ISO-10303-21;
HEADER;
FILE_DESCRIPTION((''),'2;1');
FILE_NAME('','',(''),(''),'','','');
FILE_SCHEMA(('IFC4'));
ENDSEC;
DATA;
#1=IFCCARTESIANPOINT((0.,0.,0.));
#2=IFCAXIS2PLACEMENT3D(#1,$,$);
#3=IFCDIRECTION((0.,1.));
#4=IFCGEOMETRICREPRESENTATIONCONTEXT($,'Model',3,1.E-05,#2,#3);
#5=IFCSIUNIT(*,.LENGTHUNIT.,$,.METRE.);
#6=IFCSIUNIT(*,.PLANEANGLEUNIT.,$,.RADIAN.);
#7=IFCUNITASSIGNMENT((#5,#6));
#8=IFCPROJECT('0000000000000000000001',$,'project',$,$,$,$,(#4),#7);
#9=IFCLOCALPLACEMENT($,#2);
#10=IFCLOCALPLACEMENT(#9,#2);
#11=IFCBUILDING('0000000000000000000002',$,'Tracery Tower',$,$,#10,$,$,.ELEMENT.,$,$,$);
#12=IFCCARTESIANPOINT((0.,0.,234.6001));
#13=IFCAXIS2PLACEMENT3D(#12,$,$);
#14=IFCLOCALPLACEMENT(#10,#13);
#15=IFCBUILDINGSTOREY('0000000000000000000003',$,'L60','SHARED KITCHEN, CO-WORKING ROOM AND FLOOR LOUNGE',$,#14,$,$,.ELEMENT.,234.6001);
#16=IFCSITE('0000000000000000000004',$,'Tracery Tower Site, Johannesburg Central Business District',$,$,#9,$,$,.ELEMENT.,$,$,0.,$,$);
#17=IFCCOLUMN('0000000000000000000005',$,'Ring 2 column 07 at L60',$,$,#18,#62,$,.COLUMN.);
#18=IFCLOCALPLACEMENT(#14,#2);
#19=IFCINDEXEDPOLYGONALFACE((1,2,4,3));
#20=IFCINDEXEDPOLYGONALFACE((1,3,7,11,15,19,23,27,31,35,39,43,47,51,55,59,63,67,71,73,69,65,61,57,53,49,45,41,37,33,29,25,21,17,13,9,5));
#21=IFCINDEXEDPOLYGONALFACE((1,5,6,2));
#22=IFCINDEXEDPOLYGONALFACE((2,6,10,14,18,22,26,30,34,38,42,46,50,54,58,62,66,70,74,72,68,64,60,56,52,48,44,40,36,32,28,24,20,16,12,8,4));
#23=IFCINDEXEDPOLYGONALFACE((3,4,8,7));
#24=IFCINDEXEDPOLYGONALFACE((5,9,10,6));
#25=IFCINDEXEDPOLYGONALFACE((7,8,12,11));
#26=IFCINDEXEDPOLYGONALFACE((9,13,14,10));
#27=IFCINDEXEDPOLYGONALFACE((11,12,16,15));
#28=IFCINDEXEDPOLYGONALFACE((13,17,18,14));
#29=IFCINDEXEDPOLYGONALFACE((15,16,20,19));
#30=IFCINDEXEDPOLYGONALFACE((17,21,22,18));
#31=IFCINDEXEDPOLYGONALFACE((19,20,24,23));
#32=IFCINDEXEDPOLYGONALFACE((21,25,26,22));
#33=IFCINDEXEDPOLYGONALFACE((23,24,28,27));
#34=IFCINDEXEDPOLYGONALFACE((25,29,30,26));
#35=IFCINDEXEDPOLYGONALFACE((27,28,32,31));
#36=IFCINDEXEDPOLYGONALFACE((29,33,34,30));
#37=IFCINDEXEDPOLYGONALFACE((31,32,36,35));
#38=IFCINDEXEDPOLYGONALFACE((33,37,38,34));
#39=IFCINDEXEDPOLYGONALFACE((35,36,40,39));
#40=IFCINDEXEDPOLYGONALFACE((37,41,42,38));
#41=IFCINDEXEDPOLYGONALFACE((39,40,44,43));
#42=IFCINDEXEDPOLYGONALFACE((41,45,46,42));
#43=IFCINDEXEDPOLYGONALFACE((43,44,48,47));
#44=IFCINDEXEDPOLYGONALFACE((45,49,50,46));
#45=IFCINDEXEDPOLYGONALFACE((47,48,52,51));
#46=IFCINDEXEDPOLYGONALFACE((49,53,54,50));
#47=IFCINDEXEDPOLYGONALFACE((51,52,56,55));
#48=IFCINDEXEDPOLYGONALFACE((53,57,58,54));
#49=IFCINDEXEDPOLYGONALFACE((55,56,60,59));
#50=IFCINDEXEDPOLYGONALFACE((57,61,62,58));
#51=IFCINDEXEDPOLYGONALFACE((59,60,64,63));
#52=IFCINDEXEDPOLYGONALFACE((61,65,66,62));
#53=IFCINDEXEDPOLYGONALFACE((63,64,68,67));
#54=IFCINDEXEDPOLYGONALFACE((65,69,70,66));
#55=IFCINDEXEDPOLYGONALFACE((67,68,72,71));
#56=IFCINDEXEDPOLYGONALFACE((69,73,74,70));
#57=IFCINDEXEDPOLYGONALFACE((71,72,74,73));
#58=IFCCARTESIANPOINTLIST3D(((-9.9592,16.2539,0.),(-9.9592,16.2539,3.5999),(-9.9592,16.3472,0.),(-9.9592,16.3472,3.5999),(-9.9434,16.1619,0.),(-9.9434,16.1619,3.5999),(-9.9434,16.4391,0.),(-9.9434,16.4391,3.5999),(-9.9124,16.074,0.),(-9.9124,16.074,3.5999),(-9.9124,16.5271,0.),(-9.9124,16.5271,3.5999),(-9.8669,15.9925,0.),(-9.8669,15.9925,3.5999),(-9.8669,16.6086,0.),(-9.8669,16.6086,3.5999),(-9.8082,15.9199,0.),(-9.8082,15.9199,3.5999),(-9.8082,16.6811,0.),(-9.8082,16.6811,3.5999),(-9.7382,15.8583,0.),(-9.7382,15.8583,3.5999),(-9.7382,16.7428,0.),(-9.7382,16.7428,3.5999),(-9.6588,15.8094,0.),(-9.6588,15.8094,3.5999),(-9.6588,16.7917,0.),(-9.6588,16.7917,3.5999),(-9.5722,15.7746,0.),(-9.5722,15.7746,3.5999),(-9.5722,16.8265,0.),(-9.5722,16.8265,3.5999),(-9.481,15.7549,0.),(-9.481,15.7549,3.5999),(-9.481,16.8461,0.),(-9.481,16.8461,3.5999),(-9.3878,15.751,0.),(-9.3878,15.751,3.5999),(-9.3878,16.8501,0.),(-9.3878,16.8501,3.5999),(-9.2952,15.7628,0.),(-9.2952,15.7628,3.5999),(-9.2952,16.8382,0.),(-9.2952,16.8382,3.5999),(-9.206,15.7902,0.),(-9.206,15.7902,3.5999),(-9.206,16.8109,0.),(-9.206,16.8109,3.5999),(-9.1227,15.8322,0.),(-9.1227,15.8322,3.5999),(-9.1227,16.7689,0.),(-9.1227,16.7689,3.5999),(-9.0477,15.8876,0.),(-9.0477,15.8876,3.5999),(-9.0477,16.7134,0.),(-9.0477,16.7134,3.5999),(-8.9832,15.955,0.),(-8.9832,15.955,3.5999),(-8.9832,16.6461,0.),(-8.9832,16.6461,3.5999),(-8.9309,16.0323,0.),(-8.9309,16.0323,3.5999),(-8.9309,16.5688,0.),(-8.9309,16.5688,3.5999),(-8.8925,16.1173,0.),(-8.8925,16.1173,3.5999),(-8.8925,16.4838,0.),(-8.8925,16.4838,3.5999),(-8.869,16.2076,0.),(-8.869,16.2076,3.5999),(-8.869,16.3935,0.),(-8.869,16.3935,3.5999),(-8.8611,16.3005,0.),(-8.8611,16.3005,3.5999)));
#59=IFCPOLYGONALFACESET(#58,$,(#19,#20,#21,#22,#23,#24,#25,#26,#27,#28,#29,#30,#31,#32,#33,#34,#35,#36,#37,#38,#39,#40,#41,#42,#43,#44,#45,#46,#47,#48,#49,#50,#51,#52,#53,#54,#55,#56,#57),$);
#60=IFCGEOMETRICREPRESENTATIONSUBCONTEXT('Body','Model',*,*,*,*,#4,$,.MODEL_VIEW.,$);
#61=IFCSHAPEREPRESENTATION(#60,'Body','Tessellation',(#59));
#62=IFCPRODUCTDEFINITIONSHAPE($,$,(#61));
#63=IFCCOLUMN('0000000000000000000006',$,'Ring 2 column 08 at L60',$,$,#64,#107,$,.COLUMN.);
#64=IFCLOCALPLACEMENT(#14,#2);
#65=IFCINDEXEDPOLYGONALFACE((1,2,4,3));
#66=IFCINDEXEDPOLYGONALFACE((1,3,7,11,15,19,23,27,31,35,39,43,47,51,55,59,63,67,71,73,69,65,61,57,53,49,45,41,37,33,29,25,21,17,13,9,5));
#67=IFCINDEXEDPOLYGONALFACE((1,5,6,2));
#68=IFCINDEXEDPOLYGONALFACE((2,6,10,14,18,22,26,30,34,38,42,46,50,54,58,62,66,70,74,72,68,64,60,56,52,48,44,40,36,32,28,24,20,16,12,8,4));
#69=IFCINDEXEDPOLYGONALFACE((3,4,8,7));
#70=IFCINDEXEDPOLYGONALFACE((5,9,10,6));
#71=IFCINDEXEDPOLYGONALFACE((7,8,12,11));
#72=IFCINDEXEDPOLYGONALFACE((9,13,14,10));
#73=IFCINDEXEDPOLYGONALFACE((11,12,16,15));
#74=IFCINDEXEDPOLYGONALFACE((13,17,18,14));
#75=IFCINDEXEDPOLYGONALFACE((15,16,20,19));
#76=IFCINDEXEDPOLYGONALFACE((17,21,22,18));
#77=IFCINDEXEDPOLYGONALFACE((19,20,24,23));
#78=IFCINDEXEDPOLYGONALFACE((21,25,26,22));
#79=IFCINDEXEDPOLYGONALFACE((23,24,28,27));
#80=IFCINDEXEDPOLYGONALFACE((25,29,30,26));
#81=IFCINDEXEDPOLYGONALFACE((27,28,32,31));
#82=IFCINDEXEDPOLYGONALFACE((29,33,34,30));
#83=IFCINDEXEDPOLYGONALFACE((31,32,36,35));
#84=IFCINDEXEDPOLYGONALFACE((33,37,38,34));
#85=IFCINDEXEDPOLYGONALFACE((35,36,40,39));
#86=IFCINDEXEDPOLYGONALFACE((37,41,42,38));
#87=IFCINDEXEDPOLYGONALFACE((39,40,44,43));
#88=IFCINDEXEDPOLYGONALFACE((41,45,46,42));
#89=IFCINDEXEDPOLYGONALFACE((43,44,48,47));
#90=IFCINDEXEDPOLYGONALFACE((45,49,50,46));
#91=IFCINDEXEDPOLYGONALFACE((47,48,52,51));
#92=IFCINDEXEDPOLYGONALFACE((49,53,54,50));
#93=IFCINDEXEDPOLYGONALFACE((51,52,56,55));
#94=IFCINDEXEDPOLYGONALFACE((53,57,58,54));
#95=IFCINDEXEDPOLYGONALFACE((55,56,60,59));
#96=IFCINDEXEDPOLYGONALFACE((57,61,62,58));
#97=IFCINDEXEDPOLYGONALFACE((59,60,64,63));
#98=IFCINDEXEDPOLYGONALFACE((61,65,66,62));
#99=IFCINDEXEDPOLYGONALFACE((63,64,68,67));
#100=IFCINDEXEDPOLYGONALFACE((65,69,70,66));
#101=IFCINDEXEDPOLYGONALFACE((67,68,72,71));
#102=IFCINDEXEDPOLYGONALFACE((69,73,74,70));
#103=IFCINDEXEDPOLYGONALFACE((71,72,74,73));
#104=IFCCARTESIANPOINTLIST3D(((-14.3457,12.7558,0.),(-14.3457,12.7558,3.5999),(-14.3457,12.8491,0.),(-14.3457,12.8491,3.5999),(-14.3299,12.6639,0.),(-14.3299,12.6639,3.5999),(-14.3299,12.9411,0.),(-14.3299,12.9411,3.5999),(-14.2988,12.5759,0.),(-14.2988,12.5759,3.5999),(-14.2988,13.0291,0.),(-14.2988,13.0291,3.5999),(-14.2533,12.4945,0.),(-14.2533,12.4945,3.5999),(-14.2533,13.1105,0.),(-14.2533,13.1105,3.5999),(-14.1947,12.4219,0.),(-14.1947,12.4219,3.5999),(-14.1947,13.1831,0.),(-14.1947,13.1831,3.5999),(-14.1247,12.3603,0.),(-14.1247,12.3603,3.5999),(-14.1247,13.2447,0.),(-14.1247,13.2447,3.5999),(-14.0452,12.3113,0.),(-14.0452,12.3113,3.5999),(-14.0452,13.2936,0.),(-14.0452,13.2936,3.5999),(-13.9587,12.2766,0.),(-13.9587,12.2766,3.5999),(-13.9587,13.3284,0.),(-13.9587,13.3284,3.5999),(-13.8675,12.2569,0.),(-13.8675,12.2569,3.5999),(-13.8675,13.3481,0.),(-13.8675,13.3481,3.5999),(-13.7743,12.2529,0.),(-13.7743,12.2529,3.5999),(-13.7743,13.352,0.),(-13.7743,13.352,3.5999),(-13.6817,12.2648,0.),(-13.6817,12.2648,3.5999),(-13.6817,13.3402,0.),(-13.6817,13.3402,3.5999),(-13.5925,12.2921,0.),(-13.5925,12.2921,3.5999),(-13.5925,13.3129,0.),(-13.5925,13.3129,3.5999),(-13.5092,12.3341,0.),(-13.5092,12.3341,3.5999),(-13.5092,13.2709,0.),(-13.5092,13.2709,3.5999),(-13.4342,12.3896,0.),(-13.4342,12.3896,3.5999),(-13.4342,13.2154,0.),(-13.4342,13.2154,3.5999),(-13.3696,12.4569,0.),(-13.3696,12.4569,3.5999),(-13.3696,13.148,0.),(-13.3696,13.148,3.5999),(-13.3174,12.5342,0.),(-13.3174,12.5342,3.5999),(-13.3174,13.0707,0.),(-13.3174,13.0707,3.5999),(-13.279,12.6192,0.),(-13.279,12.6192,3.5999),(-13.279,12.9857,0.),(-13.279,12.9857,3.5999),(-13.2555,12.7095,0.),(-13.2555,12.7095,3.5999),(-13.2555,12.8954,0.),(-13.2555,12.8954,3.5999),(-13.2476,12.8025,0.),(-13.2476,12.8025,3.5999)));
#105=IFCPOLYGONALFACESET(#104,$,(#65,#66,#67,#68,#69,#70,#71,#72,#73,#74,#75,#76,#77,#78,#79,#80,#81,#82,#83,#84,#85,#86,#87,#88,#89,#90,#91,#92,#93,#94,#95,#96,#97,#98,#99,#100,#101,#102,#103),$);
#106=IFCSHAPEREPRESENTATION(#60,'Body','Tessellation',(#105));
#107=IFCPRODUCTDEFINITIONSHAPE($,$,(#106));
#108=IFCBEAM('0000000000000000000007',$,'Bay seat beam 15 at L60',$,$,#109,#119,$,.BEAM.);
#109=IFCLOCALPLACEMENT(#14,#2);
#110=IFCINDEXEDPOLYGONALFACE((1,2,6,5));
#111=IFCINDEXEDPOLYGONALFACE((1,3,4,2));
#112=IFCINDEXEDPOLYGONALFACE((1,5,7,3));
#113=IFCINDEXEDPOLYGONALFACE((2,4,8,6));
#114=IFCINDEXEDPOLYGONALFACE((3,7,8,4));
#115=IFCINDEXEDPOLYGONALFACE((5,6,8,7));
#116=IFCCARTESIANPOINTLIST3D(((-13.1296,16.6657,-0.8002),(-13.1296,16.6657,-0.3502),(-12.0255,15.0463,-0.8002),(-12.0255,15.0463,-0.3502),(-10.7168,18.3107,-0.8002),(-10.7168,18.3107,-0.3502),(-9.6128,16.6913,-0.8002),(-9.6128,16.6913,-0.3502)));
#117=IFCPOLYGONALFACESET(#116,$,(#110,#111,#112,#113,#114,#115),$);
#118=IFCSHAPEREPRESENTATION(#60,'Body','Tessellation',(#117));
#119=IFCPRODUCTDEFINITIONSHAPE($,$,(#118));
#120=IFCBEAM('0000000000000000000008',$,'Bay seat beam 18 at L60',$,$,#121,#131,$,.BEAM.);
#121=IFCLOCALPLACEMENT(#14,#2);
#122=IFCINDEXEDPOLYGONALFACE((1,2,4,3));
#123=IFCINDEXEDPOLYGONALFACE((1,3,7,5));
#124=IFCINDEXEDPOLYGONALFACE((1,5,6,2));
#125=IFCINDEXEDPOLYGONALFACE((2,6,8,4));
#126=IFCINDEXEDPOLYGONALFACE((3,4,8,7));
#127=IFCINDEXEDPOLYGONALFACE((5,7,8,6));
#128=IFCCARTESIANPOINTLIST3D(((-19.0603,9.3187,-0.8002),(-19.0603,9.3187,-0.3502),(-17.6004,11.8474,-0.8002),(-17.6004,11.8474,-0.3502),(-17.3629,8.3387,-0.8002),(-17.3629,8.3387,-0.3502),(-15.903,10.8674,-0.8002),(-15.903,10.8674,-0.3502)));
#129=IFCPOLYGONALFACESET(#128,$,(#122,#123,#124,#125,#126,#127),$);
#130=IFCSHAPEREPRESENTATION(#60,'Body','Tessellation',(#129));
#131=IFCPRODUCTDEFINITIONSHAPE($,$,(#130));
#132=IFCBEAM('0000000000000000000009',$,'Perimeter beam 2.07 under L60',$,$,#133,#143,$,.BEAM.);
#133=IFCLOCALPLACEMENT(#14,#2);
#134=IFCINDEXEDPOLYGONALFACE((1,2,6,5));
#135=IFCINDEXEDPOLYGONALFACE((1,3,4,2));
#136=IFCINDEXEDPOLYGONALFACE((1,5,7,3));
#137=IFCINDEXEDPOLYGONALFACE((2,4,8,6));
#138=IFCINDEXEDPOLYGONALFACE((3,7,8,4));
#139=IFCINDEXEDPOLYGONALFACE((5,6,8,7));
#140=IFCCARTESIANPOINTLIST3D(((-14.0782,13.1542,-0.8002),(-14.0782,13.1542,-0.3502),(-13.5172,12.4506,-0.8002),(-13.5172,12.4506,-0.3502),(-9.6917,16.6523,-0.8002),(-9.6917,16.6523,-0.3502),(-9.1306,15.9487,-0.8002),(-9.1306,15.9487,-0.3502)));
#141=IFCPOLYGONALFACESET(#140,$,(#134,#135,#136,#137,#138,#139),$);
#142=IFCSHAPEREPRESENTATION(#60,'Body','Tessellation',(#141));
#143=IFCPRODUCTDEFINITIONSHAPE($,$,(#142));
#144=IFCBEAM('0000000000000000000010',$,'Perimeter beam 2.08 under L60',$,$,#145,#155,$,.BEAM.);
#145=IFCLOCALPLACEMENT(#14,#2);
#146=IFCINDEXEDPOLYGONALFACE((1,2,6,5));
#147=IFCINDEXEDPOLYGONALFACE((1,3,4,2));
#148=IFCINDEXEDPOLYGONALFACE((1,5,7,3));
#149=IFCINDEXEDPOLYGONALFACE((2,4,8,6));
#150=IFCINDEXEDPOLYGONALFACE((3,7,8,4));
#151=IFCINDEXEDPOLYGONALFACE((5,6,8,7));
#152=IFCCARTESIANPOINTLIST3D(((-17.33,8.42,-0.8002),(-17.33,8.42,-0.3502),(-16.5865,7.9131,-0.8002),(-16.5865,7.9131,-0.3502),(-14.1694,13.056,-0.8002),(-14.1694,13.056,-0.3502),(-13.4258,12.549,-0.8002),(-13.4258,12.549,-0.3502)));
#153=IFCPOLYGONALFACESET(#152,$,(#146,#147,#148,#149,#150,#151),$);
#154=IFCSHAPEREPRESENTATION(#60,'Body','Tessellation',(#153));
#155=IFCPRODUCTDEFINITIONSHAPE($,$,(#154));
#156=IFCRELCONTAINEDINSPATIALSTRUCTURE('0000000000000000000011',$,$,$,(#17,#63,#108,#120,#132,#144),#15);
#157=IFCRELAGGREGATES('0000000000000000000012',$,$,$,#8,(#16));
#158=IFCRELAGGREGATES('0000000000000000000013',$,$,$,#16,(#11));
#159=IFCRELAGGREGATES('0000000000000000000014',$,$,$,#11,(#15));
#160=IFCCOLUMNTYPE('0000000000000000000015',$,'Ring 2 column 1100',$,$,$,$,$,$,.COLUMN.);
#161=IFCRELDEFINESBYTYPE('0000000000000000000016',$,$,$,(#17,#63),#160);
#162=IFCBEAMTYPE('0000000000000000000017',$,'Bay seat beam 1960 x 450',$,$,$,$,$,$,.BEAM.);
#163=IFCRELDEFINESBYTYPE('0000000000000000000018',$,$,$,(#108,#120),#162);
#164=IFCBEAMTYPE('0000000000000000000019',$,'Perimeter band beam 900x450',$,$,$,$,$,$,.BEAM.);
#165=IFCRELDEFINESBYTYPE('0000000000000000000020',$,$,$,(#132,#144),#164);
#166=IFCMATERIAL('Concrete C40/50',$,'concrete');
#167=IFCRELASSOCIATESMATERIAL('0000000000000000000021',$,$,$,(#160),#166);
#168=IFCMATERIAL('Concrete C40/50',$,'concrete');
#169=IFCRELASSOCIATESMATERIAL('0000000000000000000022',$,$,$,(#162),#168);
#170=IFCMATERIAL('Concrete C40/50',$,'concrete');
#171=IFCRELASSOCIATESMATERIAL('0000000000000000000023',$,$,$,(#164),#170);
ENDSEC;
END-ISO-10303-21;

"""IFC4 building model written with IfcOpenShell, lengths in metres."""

from ifc_helpers import new_model, si_unit, direction, frame, origin, origin_2d, place, context, subcontext, project, spatial, rectangle, circle, extrude, material, material_profile, profile_set, type_object, element, save


model = new_model("IFC4")

# Units and contexts
model_context = context("Model", 3, precision=1e-05, world=origin(), true_north=direction((0.0, 1.0)))
body_context = subcontext(model_context, "Body", "Model", "MODEL_VIEW")
ifc_project = project(units=[si_unit("LENGTHUNIT", "METRE"), si_unit("PLANEANGLEUNIT", "RADIAN")], contexts=[model_context])

# Site, building, storey
site_placement = place(None, origin())
site = spatial("IfcSite", under=ifc_project, at=site_placement, Name="Tracery Tower Site, Johannesburg Central Business District", CompositionType="ELEMENT", RefElevation=0.0)
building_placement = place(site_placement, origin())
building = spatial("IfcBuilding", under=site, at=building_placement, Name="Tracery Tower", CompositionType="ELEMENT")
storey_placement = place(building_placement, frame((0.0, 0.0, 234.6001)))
storey = spatial("IfcBuildingStorey", under=building, at=storey_placement, Name="L60", Description="SHARED KITCHEN, CO-WORKING ROOM AND FLOOR LOUNGE", CompositionType="ELEMENT", Elevation=234.6001)

# Columns
ifc_material_1 = material(Name="Concrete C40/50", Category="concrete")
ifc_material_profile_1 = material_profile(ifc_material_1, circle(Radius=0.55, at=origin_2d()), Name="RC D1100")
ifc_profile_set_1 = profile_set([ifc_material_profile_1], Name="Concrete C40/50")
column_type = type_object("IfcColumnType", Name="Ring 2 column 1100", PredefinedType="COLUMN", material=ifc_profile_set_1)
for number, where, z_axis, x_axis, name in (
    (1, (-9.4111, 16.3005, 0.0), (0.0, 0.0, 1.0), (1.0, 0.0, 0.0), "Ring 2 column 07 at L60"),
    (2, (-13.7976, 12.8025, 0.0), (0.0, 0.0, 1.0), (1.0, 0.0, 0.0), "Ring 2 column 08 at L60"),
):
    element("IfcColumn", number, at=place(storey_placement, frame(where, z_axis=z_axis, x_axis=x_axis)), inside=storey, type_object=column_type, Name=name, PredefinedType="COLUMN", context=body_context, shape_type="SweptSolid", body=[
        extrude(circle(Radius=0.55, at=origin_2d()), origin(), (0.0, 0.0, 1.0), 3.5999),
    ])

# Beams
ifc_material_2 = material(Name="Concrete C40/50", Category="concrete")
ifc_material_profile_2 = material_profile(ifc_material_2, rectangle(XDim=1.96, YDim=0.45, at=origin_2d()), Name="RC 1960x450")
ifc_profile_set_2 = profile_set([ifc_material_profile_2], Name="Concrete C40/50")
beam_type_1 = type_object("IfcBeamType", Name="Bay seat beam 1960 x 450", PredefinedType="BEAM", material=ifc_profile_set_2)
beam_1_placement = place(storey_placement, frame((-10.1648, 17.501, -0.5752), z_axis=(-0.826243, -0.563313, 0.0), x_axis=(0.563313, -0.826243, 0.0)))
element("IfcBeam", 3, at=beam_1_placement, inside=storey, type_object=beam_type_1, Name="Bay seat beam 15 at L60", PredefinedType="BEAM", context=body_context, shape_type="SweptSolid", body=[
    extrude(rectangle(XDim=1.96, YDim=0.45, at=origin_2d()), origin(), (0.0, 0.0, 1.0), 2.9202),
])
beam_2_placement = place(storey_placement, frame((-16.7517, 11.3574, -0.5752), z_axis=(-0.499988, -0.866032, 0.0), x_axis=(0.866032, -0.499988, 0.0)))
element("IfcBeam", 4, at=beam_2_placement, inside=storey, type_object=beam_type_1, Name="Bay seat beam 18 at L60", PredefinedType="BEAM", context=body_context, shape_type="SweptSolid", body=[
    extrude(rectangle(XDim=1.96, YDim=0.45, at=origin_2d()), origin(), (0.0, 0.0, 1.0), 2.9199),
])
ifc_material_3 = material(Name="Concrete C40/50", Category="concrete")
ifc_material_profile_3 = material_profile(ifc_material_3, rectangle(XDim=0.8999, YDim=0.45, at=origin_2d()), Name="RC 900x450")
ifc_profile_set_3 = profile_set([ifc_material_profile_3], Name="Concrete C40/50")
beam_type_2 = type_object("IfcBeamType", Name="Perimeter band beam 900x450", PredefinedType="BEAM", material=ifc_profile_set_3)
beam_3_placement = place(storey_placement, frame((-9.4111, 16.3005, -0.5752), z_axis=(-0.781836, -0.623484, 0.0), x_axis=(0.623484, -0.781836, 0.0)))
element("IfcBeam", 5, at=beam_3_placement, inside=storey, type_object=beam_type_2, Name="Perimeter beam 2.07 under L60", PredefinedType="BEAM", context=body_context, shape_type="SweptSolid", body=[
    extrude(rectangle(XDim=0.8999, YDim=0.45, at=origin_2d()), origin(), (0.0, 0.0, 1.0), 5.6106),
])
beam_4_placement = place(storey_placement, frame((-13.7976, 12.8025, -0.5752), z_axis=(-0.563306, -0.826249, 0.0), x_axis=(0.826249, -0.563306, 0.0)))
element("IfcBeam", 6, at=beam_4_placement, inside=storey, type_object=beam_type_2, Name="Perimeter beam 2.08 under L60", PredefinedType="BEAM", context=body_context, shape_type="SweptSolid", body=[
    extrude(rectangle(XDim=0.8999, YDim=0.45, at=origin_2d()), origin(), (0.0, 0.0, 1.0), 5.6108),
])

save(model, "model.ifc")
